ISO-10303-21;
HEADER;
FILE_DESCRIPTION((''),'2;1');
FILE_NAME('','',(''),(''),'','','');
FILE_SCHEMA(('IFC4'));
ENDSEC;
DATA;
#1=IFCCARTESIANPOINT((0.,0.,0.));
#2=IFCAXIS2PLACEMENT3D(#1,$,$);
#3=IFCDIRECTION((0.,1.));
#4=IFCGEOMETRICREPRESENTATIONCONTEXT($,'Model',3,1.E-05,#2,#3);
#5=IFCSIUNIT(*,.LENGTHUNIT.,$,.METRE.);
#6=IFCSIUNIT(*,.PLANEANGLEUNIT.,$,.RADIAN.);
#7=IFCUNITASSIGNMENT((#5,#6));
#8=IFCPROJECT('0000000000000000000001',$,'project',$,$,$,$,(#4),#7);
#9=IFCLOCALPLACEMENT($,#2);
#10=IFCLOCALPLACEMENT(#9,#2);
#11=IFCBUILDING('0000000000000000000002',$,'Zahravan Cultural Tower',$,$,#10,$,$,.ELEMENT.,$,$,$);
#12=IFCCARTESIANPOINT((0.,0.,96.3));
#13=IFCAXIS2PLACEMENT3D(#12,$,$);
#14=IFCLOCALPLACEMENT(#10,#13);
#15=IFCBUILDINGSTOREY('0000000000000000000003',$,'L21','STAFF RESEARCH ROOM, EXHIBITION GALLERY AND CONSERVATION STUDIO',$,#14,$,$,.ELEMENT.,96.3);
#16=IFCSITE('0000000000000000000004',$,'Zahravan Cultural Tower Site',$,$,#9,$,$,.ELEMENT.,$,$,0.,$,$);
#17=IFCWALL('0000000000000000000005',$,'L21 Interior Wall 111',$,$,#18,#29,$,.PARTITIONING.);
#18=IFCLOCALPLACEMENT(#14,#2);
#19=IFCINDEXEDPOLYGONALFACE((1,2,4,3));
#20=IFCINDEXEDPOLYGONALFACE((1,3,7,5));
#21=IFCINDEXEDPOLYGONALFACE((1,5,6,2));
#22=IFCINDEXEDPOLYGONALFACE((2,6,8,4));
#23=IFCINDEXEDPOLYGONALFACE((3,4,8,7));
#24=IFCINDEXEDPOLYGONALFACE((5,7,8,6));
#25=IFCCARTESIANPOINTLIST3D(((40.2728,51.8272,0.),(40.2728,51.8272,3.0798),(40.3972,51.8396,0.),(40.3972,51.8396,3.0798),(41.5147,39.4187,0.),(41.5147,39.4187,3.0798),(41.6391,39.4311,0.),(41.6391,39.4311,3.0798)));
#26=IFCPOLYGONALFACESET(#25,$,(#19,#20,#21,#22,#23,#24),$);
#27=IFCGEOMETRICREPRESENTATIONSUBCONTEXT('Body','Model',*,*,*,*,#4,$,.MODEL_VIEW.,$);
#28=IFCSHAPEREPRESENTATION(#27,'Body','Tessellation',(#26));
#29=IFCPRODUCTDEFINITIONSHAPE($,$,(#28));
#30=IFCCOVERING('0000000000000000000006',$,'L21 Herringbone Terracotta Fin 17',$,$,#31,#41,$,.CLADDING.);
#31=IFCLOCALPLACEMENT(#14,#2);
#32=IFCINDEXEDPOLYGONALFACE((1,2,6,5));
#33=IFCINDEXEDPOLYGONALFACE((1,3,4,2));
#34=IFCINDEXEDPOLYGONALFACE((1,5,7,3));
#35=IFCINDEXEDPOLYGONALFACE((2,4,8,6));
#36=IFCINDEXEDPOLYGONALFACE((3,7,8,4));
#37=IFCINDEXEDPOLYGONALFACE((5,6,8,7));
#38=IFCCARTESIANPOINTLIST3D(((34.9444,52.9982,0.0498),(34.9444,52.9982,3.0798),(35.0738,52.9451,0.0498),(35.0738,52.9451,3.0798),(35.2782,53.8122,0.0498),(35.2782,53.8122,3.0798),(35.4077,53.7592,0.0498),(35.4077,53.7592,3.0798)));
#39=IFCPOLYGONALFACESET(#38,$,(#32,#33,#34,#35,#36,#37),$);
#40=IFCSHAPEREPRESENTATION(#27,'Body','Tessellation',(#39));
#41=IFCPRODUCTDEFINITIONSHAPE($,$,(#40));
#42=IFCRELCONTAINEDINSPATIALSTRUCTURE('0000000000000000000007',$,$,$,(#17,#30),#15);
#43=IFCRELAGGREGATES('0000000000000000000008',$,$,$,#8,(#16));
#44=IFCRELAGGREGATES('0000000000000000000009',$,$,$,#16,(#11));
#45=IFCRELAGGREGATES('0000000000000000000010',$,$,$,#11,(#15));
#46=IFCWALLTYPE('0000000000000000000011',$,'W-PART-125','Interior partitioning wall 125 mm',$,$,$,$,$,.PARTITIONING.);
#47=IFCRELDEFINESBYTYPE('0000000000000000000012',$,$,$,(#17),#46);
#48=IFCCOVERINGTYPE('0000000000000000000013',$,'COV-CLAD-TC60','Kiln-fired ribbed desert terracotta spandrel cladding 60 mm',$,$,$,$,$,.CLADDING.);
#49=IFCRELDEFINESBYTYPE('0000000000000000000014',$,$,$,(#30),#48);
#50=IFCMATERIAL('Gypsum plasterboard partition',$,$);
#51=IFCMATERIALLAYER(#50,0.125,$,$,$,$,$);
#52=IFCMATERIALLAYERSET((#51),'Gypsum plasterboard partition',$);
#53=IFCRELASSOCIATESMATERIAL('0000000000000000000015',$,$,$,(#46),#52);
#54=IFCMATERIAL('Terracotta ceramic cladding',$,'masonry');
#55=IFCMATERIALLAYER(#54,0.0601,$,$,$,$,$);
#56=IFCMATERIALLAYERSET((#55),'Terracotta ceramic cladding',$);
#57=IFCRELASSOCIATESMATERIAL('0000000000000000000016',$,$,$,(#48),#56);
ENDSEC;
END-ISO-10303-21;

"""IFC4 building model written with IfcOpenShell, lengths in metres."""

from ifc_helpers import new_model, si_unit, direction, frame, frame_2d, origin, origin_2d, place, context, subcontext, project, spatial, rectangle, extrude, source, transform, mapped, material, layer, layer_set, type_object, element, save


model = new_model("IFC4")

# Units and contexts
model_context = context("Model", 3, precision=1e-05, world=origin(), true_north=direction((0.0, 1.0)))
body_context = subcontext(model_context, "Body", "Model", "MODEL_VIEW")
ifc_project = project(units=[si_unit("LENGTHUNIT", "METRE"), si_unit("PLANEANGLEUNIT", "RADIAN")], contexts=[model_context])

# Site, building, storey
site_placement = place(None, origin())
site = spatial("IfcSite", under=ifc_project, at=site_placement, Name="Zahravan Cultural Tower Site", CompositionType="ELEMENT", RefElevation=0.0)
building_placement = place(site_placement, origin())
building = spatial("IfcBuilding", under=site, at=building_placement, Name="Zahravan Cultural Tower", CompositionType="ELEMENT")
storey_placement = place(building_placement, frame((0.0, 0.0, 96.3)))
storey = spatial("IfcBuildingStorey", under=building, at=storey_placement, Name="L21", Description="STAFF RESEARCH ROOM, EXHIBITION GALLERY AND CONSERVATION STUDIO", CompositionType="ELEMENT", Elevation=96.3)

# Wall
ifc_material_1 = material(Name="Gypsum plasterboard partition")
ifc_layer_1 = layer(ifc_material_1, 0.125)
ifc_layer_set_1 = layer_set([ifc_layer_1], Name="Gypsum plasterboard partition")
wall_type_1 = type_object("IfcWallType", Name="W-PART-125", Description="Interior partitioning wall 125 mm", PredefinedType="PARTITIONING", material=ifc_layer_set_1)
shared_shape_1 = source(origin(), body_context, "Body", "SweptSolid", [
    extrude(rectangle(XDim=12.4705, YDim=0.125, at=frame_2d((6.2354, 0.0))), origin(), (0.0, 0.0, 1.0), 3.0798),
])
wall_1_placement = place(storey_placement, frame((40.335, 51.8335, 0.0), z_axis=(0.0, 0.0, 1.0), x_axis=(0.099591, -0.995028, 0.0)))
element("IfcWall", 1, at=wall_1_placement, inside=storey, type_object=wall_type_1, Name="L21 Interior Wall 111", PredefinedType="PARTITIONING", context=body_context, shape_type="MappedRepresentation", body=[
    mapped(shared_shape_1, transform((0.0, 0.0, 0.0), x_axis=(1.0, 0.0, 0.0), y_axis=(0.0, 1.0, 0.0), z_axis=(0.0, 0.0, 1.0), scale=1.0)),
])

# Covering
ifc_material_2 = material(Name="Terracotta ceramic cladding", Category="masonry")
ifc_layer_2 = layer(ifc_material_2, 0.0601)
ifc_layer_set_2 = layer_set([ifc_layer_2], Name="Terracotta ceramic cladding")
covering_type = type_object("IfcCoveringType", Name="COV-CLAD-TC60", Description="Kiln-fired ribbed desert terracotta spandrel cladding 60 mm", PredefinedType="CLADDING", material=ifc_layer_set_2)
shared_shape_2 = source(origin(), body_context, "Body", "SweptSolid", [
    extrude(rectangle(XDim=0.8799, YDim=0.1399, at=origin_2d()), origin(), (0.0, 0.0, 1.0), 3.03),
])
covering_placement = place(storey_placement, frame((35.176, 53.3787, 0.0498), z_axis=(0.0, 0.0, 1.0), x_axis=(0.379456, 0.92521, 0.0)))
element("IfcCovering", 2, at=covering_placement, inside=storey, type_object=covering_type, Name="L21 Herringbone Terracotta Fin 17", PredefinedType="CLADDING", context=body_context, shape_type="MappedRepresentation", body=[
    mapped(shared_shape_2, transform((0.0, 0.0, 0.0), x_axis=(1.0, 0.0, 0.0), y_axis=(0.0, 1.0, 0.0), z_axis=(0.0, 0.0, 1.0), scale=1.0)),
])

save(model, "model.ifc")
